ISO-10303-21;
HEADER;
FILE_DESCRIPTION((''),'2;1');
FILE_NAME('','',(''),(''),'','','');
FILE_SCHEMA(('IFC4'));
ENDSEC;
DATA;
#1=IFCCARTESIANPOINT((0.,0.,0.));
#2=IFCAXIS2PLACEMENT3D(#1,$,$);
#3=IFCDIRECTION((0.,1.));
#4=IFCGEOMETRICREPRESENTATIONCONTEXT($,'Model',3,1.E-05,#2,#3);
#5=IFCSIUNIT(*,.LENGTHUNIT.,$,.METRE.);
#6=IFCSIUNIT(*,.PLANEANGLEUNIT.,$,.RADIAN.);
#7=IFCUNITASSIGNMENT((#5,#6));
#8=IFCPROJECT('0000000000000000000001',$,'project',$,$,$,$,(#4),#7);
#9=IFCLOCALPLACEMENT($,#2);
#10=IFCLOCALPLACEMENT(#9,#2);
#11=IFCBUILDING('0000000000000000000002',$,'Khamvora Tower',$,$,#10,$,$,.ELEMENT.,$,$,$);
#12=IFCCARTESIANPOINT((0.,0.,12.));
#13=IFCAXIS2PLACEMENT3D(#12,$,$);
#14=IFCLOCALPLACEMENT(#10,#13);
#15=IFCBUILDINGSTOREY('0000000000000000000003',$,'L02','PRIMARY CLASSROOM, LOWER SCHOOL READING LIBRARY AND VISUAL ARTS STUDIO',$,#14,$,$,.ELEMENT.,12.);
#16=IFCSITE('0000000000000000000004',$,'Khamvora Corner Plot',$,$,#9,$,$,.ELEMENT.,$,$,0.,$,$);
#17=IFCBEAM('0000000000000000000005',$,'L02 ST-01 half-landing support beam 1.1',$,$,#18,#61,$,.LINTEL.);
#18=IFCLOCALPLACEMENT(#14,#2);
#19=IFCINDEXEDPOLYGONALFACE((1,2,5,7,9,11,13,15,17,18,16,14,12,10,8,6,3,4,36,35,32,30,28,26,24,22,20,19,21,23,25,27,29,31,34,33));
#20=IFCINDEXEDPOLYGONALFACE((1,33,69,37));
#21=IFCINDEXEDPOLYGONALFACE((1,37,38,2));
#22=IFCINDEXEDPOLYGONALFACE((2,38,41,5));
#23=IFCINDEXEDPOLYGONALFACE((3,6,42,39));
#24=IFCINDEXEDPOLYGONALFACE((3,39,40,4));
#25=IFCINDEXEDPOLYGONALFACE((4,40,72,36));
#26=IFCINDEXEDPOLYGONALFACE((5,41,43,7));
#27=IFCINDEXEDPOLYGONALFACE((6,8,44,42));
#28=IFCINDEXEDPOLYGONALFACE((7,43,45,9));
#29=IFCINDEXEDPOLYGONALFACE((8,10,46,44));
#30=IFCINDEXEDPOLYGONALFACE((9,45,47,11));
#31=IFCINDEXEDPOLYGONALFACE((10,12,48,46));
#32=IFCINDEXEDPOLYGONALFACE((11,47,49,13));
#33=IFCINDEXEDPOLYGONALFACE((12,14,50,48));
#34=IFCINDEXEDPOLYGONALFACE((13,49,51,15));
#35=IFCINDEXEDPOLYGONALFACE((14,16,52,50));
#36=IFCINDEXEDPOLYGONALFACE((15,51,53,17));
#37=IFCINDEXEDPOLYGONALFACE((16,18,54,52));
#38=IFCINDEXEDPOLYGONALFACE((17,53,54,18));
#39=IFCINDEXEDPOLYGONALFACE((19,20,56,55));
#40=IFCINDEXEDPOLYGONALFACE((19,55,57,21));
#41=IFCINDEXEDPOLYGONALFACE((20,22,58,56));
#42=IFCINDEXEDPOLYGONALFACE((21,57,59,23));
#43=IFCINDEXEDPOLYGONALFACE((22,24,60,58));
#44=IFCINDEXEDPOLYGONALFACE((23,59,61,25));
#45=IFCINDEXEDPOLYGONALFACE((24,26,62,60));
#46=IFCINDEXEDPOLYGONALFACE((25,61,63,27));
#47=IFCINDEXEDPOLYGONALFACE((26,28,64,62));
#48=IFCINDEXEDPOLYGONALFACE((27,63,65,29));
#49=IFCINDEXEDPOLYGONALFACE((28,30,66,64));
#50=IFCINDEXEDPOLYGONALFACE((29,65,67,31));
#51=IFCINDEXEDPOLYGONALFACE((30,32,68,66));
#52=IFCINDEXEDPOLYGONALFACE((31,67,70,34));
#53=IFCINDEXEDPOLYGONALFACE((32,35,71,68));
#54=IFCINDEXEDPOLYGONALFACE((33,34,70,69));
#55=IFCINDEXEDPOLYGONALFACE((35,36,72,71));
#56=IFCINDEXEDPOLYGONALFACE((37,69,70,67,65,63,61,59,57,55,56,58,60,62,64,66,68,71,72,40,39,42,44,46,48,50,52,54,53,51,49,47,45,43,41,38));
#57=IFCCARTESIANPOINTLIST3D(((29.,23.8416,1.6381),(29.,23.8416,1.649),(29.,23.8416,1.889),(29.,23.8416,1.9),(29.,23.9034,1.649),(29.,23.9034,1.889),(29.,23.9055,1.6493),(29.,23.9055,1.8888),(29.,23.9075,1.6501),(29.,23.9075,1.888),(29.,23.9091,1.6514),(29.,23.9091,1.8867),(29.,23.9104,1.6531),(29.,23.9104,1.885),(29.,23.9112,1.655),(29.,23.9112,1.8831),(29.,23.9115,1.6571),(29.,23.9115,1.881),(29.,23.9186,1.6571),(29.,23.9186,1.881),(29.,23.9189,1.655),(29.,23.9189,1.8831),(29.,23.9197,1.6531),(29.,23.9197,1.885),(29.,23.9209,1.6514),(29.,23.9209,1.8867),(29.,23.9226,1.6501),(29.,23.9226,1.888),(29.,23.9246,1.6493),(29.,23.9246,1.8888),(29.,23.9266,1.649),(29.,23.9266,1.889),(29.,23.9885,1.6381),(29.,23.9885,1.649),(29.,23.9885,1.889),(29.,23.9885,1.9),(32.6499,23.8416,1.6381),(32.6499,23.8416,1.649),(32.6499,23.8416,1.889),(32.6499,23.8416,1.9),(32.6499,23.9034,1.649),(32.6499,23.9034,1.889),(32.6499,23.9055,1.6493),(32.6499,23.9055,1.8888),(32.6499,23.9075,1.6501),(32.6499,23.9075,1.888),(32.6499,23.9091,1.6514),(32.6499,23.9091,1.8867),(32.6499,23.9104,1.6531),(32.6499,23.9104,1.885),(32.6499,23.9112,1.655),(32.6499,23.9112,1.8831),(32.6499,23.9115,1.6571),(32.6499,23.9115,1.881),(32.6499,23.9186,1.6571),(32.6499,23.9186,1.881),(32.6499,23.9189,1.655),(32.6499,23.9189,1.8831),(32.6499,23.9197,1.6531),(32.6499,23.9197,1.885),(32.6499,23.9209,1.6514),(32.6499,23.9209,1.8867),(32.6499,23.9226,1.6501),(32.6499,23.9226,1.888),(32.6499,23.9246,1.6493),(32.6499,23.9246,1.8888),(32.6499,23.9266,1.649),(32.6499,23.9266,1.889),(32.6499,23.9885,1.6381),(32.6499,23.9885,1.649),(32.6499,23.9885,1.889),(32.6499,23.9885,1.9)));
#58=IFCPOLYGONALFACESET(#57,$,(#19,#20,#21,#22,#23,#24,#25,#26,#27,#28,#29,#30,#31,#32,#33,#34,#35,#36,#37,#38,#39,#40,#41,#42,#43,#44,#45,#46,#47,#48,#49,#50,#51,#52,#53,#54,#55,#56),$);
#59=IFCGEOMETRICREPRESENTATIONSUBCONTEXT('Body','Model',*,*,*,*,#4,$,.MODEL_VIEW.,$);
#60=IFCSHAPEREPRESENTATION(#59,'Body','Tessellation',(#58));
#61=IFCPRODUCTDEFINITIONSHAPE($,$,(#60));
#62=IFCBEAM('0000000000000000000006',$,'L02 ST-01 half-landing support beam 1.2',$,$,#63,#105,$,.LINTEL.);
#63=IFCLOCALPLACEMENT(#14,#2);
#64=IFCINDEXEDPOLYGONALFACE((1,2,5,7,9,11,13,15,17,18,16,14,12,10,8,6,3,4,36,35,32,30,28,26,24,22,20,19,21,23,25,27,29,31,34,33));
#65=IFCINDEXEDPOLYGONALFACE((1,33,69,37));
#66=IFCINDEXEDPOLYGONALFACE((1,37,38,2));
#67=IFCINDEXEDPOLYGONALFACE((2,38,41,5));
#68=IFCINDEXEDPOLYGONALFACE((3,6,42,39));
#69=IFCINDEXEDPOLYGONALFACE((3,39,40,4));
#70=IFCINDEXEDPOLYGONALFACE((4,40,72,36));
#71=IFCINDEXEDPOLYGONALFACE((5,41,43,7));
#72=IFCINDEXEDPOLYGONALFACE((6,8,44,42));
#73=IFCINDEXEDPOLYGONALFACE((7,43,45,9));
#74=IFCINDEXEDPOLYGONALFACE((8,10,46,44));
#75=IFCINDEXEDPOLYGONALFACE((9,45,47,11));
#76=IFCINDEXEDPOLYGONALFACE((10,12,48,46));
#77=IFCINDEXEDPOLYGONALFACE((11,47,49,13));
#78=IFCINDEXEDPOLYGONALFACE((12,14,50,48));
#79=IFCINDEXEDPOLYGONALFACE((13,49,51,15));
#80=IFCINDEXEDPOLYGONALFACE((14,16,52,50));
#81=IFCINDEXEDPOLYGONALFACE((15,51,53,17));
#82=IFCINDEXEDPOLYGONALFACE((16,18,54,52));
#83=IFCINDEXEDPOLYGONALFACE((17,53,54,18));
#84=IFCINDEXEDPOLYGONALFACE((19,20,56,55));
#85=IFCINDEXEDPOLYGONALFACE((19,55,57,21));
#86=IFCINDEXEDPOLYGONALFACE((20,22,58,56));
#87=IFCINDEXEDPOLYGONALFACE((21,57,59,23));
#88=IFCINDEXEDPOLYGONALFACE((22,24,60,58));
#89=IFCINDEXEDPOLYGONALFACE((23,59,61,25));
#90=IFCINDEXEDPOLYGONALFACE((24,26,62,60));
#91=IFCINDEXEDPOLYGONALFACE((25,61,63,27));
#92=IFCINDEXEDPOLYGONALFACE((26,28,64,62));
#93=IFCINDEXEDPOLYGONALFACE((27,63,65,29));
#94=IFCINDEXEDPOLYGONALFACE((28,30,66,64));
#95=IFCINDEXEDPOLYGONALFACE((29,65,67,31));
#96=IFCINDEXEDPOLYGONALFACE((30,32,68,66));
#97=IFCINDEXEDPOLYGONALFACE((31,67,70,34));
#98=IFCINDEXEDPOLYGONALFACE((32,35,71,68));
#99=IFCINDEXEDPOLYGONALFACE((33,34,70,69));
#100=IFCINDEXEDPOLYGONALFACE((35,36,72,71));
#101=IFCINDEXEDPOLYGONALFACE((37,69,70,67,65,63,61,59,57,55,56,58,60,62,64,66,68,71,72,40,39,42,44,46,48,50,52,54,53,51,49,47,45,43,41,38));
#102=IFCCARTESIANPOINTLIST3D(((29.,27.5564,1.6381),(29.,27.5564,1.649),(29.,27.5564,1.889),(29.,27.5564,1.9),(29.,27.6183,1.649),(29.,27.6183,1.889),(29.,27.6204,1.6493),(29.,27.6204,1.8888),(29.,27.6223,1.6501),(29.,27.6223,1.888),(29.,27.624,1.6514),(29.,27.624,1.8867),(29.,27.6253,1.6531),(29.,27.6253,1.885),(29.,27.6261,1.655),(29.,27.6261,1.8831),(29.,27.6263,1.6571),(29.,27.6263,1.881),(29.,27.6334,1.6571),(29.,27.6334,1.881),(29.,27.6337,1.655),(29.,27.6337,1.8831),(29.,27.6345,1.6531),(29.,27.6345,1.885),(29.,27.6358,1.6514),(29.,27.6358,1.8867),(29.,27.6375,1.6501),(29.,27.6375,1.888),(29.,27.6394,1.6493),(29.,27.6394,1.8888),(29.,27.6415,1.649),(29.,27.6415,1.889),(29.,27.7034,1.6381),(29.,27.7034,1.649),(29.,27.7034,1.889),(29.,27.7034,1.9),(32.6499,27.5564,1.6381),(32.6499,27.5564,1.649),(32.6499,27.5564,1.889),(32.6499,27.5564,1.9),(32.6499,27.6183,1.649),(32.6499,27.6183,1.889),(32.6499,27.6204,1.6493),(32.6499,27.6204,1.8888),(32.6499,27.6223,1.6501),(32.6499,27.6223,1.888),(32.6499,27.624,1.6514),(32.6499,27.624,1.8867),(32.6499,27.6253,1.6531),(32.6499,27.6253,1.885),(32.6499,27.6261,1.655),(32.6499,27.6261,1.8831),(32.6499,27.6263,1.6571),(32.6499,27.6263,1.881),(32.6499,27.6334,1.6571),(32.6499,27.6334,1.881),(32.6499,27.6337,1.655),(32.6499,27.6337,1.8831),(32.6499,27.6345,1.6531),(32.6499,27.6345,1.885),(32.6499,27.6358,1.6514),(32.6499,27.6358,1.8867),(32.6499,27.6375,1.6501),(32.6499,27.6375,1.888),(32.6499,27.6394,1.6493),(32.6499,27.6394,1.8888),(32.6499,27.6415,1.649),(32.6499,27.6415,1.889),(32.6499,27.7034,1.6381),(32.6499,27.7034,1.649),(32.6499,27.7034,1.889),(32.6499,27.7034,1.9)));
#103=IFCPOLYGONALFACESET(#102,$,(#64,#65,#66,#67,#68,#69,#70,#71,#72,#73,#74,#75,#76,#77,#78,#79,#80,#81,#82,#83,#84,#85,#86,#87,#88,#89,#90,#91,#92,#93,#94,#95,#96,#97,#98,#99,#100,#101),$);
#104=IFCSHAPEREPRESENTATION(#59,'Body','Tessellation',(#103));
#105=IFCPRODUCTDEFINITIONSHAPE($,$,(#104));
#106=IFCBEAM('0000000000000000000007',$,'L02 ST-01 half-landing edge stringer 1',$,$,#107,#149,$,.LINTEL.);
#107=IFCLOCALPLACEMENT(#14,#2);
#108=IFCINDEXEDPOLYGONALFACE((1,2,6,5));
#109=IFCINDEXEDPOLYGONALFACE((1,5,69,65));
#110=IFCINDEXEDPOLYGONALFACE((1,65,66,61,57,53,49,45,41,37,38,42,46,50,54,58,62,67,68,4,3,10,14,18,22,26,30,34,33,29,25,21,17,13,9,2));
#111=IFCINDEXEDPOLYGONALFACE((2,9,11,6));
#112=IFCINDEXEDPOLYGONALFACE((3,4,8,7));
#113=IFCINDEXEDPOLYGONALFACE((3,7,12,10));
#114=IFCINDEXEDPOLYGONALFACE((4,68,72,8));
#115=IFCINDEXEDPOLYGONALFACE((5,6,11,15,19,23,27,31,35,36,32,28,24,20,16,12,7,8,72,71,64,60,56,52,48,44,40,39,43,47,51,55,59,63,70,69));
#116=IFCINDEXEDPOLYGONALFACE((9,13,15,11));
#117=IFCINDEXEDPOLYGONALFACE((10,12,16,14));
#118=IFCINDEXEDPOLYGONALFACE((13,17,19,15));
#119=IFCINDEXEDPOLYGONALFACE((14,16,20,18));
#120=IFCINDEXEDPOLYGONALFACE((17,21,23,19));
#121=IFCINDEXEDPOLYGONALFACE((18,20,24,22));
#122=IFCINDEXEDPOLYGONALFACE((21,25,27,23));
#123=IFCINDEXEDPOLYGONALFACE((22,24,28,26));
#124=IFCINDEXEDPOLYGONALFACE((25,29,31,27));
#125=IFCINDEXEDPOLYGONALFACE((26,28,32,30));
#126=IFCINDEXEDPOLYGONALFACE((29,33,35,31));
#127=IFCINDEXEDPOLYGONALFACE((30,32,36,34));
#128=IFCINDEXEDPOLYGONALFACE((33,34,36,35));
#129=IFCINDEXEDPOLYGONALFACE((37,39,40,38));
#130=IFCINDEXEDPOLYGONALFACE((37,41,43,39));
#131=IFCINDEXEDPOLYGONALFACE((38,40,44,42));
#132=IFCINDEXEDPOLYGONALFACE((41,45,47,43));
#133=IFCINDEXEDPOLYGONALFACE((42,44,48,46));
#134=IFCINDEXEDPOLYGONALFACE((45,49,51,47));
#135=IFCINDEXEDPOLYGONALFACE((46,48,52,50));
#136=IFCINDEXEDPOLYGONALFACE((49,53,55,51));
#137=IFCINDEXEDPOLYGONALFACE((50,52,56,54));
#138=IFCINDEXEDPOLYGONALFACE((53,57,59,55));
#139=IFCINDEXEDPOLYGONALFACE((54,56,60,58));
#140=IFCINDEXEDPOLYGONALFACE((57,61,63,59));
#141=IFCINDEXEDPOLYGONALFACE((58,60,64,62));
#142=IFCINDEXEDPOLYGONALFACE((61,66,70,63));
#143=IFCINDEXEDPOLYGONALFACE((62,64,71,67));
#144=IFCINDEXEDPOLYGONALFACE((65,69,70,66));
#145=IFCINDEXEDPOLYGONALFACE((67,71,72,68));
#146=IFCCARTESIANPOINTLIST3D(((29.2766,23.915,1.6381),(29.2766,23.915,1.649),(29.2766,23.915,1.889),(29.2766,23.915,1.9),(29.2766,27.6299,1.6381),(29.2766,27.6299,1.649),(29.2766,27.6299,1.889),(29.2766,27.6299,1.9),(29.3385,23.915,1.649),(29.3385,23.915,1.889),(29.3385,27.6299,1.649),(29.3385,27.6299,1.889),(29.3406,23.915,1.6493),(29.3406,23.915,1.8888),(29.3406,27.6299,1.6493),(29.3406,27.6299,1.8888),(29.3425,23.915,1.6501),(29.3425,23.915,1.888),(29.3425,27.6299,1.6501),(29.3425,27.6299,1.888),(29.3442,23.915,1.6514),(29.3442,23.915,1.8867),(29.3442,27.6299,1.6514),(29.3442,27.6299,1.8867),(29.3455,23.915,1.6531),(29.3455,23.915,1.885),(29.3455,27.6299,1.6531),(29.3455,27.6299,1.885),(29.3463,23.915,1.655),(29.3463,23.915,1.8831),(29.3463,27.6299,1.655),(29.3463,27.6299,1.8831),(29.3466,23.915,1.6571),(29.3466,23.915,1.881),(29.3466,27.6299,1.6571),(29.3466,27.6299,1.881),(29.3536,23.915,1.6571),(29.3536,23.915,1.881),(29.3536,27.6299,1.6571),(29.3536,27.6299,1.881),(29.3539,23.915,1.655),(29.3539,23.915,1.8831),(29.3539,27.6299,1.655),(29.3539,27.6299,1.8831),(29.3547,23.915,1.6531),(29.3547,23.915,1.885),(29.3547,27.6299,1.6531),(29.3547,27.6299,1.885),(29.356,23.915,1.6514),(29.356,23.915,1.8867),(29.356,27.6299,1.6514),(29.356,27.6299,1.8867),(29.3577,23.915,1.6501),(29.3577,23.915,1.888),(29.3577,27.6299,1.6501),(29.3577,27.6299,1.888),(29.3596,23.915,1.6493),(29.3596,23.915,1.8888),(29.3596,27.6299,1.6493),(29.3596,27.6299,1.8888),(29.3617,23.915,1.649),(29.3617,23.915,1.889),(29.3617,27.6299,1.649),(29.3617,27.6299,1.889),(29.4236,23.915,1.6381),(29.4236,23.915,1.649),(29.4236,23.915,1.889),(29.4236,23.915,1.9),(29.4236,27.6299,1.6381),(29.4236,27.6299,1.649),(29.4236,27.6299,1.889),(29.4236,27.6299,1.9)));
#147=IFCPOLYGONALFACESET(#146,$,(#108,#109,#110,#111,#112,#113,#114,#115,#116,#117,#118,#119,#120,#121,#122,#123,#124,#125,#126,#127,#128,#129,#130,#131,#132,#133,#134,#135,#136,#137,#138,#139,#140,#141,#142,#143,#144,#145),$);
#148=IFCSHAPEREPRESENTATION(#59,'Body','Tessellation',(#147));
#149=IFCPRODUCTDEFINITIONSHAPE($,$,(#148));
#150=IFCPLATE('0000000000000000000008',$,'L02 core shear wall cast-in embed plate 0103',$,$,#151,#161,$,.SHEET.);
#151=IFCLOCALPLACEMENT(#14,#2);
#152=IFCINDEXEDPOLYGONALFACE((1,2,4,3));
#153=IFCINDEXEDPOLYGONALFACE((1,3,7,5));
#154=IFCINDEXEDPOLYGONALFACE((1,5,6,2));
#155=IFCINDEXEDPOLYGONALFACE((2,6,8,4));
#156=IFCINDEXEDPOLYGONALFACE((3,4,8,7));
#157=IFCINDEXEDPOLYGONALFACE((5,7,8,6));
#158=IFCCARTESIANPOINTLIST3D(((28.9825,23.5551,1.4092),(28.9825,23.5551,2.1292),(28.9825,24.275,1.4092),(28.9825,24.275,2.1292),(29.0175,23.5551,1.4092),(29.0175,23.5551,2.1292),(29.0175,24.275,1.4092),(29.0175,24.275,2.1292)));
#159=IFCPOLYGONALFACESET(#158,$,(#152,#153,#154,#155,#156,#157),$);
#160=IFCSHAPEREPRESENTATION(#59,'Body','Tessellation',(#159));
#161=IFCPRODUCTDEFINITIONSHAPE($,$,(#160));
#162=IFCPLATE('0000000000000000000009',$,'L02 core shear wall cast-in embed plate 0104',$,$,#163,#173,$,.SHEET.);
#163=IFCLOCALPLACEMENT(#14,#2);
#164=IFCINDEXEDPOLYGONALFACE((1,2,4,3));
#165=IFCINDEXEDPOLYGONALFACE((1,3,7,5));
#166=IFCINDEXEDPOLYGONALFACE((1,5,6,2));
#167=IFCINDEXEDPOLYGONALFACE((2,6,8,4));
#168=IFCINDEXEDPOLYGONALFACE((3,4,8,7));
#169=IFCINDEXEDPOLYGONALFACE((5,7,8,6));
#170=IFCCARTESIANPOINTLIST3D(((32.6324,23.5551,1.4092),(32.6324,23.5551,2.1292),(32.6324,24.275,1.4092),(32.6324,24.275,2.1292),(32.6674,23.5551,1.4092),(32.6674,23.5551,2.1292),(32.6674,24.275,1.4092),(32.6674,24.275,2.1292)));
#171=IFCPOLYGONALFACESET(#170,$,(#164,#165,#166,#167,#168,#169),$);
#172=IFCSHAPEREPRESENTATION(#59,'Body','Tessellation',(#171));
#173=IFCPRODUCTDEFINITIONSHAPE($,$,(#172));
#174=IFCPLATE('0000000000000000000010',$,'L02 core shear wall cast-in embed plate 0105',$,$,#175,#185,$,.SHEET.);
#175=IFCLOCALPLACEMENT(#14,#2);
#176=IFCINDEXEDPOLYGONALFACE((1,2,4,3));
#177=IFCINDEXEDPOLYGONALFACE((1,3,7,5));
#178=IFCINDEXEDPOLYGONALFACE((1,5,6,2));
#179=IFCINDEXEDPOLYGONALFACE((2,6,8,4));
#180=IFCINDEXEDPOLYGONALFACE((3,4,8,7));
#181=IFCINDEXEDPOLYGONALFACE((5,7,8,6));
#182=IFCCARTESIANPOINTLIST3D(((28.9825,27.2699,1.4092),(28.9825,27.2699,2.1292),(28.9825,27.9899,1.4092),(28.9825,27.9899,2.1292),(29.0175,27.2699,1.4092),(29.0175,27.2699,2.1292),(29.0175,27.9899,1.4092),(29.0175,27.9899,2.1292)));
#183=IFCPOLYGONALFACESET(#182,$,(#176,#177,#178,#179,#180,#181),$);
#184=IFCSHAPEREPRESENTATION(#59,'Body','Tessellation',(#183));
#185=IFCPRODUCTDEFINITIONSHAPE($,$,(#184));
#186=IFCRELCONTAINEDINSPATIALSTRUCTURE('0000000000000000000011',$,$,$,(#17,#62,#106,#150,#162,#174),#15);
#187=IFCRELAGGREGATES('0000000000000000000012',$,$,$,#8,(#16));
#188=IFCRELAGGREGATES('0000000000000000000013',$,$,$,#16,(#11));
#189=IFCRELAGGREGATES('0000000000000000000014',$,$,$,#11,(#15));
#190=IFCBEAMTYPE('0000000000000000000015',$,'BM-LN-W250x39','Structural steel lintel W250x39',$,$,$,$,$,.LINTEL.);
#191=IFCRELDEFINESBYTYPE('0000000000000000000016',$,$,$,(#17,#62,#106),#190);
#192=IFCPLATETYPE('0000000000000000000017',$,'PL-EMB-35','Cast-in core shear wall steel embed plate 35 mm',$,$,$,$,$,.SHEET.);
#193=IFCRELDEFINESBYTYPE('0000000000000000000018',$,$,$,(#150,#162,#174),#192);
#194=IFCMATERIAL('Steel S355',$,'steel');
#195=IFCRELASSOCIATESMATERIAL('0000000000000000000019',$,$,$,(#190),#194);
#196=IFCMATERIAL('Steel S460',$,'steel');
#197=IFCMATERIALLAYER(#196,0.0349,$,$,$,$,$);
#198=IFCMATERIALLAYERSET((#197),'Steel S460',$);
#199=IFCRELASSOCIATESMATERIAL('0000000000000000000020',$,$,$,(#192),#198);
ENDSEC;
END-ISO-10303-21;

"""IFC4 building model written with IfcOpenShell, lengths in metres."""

from ifc_helpers import new_model, si_unit, direction, frame, origin, origin_2d, place, context, subcontext, project, spatial, rectangle, i_section, extrude, material, layer, layer_set, material_profile, profile_set, type_object, element, save


model = new_model("IFC4")

# Units and contexts
model_context = context("Model", 3, precision=1e-05, world=origin(), true_north=direction((0.0, 1.0)))
body_context = subcontext(model_context, "Body", "Model", "MODEL_VIEW")
ifc_project = project(units=[si_unit("LENGTHUNIT", "METRE"), si_unit("PLANEANGLEUNIT", "RADIAN")], contexts=[model_context])

# Site, building, storey
site_placement = place(None, origin())
site = spatial("IfcSite", under=ifc_project, at=site_placement, Name="Khamvora Corner Plot", CompositionType="ELEMENT", RefElevation=0.0)
building_placement = place(site_placement, origin())
building = spatial("IfcBuilding", under=site, at=building_placement, Name="Khamvora Tower", CompositionType="ELEMENT")
storey_placement = place(building_placement, frame((0.0, 0.0, 12.0)))
storey = spatial("IfcBuildingStorey", under=building, at=storey_placement, Name="L02", Description="PRIMARY CLASSROOM, LOWER SCHOOL READING LIBRARY AND VISUAL ARTS STUDIO", CompositionType="ELEMENT", Elevation=12.0)

# Beams
ifc_material_1 = material(Name="Steel S355", Category="steel")
ifc_material_profile = material_profile(ifc_material_1, i_section(OverallWidth=0.147, OverallDepth=0.262, WebThickness=0.0071, FlangeThickness=0.011, FilletRadius=0.0081, at=origin_2d()), Name="W250x39")
ifc_profile_set = profile_set([ifc_material_profile], Name="Steel S355")
beam_type = type_object("IfcBeamType", Name="BM-LN-W250x39", Description="Structural steel lintel W250x39", PredefinedType="LINTEL", material=ifc_profile_set)
for number, where, z_axis, x_axis, name in (
    (1, (29.0, 23.915, 1.769), (1.0, 0.0, 0.0), (0.0, 1.0, 0.0), "L02 ST-01 half-landing support beam 1.1"),
    (2, (29.0, 27.6299, 1.769), (1.0, 0.0, 0.0), (0.0, 1.0, 0.0), "L02 ST-01 half-landing support beam 1.2"),
):
    element("IfcBeam", number, at=place(storey_placement, frame(where, z_axis=z_axis, x_axis=x_axis)), inside=storey, type_object=beam_type, Name=name, PredefinedType="LINTEL", context=body_context, shape_type="SweptSolid", body=[
        extrude(i_section(OverallWidth=0.147, OverallDepth=0.262, WebThickness=0.0071, FlangeThickness=0.011, FilletRadius=0.0081, at=origin_2d()), origin(), (0.0, 0.0, 1.0), 3.6499),
    ])
beam_placement = place(storey_placement, frame((29.3501, 23.915, 1.769), z_axis=(0.0, 1.0, 0.0), x_axis=(-1.0, 0.0, 0.0)))
element("IfcBeam", 3, at=beam_placement, inside=storey, type_object=beam_type, Name="L02 ST-01 half-landing edge stringer 1", PredefinedType="LINTEL", context=body_context, shape_type="SweptSolid", body=[
    extrude(i_section(OverallWidth=0.147, OverallDepth=0.262, WebThickness=0.0071, FlangeThickness=0.011, FilletRadius=0.0081, at=origin_2d()), origin(), (0.0, 0.0, 1.0), 3.7148),
])

# Plates
ifc_material_2 = material(Name="Steel S460", Category="steel")
ifc_layer = layer(ifc_material_2, 0.0349)
ifc_layer_set = layer_set([ifc_layer], Name="Steel S460")
plate_type = type_object("IfcPlateType", Name="PL-EMB-35", Description="Cast-in core shear wall steel embed plate 35 mm", PredefinedType="SHEET", material=ifc_layer_set)
for number, where, z_axis, x_axis, name in (
    (4, (29.0, 23.915, 1.4092), (0.0, 0.0, 1.0), (1.0, 0.0, 0.0), "L02 core shear wall cast-in embed plate 0103"),
    (5, (32.6499, 23.915, 1.4092), (0.0, 0.0, 1.0), (1.0, 0.0, 0.0), "L02 core shear wall cast-in embed plate 0104"),
    (6, (29.0, 27.6299, 1.4092), (0.0, 0.0, 1.0), (1.0, 0.0, 0.0), "L02 core shear wall cast-in embed plate 0105"),
):
    element("IfcPlate", number, at=place(storey_placement, frame(where, z_axis=z_axis, x_axis=x_axis)), inside=storey, type_object=plate_type, Name=name, PredefinedType="SHEET", context=body_context, shape_type="SweptSolid", body=[
        extrude(rectangle(XDim=0.0349, YDim=0.72, at=origin_2d()), origin(), (0.0, 0.0, 1.0), 0.72),
    ])

save(model, "model.ifc")
